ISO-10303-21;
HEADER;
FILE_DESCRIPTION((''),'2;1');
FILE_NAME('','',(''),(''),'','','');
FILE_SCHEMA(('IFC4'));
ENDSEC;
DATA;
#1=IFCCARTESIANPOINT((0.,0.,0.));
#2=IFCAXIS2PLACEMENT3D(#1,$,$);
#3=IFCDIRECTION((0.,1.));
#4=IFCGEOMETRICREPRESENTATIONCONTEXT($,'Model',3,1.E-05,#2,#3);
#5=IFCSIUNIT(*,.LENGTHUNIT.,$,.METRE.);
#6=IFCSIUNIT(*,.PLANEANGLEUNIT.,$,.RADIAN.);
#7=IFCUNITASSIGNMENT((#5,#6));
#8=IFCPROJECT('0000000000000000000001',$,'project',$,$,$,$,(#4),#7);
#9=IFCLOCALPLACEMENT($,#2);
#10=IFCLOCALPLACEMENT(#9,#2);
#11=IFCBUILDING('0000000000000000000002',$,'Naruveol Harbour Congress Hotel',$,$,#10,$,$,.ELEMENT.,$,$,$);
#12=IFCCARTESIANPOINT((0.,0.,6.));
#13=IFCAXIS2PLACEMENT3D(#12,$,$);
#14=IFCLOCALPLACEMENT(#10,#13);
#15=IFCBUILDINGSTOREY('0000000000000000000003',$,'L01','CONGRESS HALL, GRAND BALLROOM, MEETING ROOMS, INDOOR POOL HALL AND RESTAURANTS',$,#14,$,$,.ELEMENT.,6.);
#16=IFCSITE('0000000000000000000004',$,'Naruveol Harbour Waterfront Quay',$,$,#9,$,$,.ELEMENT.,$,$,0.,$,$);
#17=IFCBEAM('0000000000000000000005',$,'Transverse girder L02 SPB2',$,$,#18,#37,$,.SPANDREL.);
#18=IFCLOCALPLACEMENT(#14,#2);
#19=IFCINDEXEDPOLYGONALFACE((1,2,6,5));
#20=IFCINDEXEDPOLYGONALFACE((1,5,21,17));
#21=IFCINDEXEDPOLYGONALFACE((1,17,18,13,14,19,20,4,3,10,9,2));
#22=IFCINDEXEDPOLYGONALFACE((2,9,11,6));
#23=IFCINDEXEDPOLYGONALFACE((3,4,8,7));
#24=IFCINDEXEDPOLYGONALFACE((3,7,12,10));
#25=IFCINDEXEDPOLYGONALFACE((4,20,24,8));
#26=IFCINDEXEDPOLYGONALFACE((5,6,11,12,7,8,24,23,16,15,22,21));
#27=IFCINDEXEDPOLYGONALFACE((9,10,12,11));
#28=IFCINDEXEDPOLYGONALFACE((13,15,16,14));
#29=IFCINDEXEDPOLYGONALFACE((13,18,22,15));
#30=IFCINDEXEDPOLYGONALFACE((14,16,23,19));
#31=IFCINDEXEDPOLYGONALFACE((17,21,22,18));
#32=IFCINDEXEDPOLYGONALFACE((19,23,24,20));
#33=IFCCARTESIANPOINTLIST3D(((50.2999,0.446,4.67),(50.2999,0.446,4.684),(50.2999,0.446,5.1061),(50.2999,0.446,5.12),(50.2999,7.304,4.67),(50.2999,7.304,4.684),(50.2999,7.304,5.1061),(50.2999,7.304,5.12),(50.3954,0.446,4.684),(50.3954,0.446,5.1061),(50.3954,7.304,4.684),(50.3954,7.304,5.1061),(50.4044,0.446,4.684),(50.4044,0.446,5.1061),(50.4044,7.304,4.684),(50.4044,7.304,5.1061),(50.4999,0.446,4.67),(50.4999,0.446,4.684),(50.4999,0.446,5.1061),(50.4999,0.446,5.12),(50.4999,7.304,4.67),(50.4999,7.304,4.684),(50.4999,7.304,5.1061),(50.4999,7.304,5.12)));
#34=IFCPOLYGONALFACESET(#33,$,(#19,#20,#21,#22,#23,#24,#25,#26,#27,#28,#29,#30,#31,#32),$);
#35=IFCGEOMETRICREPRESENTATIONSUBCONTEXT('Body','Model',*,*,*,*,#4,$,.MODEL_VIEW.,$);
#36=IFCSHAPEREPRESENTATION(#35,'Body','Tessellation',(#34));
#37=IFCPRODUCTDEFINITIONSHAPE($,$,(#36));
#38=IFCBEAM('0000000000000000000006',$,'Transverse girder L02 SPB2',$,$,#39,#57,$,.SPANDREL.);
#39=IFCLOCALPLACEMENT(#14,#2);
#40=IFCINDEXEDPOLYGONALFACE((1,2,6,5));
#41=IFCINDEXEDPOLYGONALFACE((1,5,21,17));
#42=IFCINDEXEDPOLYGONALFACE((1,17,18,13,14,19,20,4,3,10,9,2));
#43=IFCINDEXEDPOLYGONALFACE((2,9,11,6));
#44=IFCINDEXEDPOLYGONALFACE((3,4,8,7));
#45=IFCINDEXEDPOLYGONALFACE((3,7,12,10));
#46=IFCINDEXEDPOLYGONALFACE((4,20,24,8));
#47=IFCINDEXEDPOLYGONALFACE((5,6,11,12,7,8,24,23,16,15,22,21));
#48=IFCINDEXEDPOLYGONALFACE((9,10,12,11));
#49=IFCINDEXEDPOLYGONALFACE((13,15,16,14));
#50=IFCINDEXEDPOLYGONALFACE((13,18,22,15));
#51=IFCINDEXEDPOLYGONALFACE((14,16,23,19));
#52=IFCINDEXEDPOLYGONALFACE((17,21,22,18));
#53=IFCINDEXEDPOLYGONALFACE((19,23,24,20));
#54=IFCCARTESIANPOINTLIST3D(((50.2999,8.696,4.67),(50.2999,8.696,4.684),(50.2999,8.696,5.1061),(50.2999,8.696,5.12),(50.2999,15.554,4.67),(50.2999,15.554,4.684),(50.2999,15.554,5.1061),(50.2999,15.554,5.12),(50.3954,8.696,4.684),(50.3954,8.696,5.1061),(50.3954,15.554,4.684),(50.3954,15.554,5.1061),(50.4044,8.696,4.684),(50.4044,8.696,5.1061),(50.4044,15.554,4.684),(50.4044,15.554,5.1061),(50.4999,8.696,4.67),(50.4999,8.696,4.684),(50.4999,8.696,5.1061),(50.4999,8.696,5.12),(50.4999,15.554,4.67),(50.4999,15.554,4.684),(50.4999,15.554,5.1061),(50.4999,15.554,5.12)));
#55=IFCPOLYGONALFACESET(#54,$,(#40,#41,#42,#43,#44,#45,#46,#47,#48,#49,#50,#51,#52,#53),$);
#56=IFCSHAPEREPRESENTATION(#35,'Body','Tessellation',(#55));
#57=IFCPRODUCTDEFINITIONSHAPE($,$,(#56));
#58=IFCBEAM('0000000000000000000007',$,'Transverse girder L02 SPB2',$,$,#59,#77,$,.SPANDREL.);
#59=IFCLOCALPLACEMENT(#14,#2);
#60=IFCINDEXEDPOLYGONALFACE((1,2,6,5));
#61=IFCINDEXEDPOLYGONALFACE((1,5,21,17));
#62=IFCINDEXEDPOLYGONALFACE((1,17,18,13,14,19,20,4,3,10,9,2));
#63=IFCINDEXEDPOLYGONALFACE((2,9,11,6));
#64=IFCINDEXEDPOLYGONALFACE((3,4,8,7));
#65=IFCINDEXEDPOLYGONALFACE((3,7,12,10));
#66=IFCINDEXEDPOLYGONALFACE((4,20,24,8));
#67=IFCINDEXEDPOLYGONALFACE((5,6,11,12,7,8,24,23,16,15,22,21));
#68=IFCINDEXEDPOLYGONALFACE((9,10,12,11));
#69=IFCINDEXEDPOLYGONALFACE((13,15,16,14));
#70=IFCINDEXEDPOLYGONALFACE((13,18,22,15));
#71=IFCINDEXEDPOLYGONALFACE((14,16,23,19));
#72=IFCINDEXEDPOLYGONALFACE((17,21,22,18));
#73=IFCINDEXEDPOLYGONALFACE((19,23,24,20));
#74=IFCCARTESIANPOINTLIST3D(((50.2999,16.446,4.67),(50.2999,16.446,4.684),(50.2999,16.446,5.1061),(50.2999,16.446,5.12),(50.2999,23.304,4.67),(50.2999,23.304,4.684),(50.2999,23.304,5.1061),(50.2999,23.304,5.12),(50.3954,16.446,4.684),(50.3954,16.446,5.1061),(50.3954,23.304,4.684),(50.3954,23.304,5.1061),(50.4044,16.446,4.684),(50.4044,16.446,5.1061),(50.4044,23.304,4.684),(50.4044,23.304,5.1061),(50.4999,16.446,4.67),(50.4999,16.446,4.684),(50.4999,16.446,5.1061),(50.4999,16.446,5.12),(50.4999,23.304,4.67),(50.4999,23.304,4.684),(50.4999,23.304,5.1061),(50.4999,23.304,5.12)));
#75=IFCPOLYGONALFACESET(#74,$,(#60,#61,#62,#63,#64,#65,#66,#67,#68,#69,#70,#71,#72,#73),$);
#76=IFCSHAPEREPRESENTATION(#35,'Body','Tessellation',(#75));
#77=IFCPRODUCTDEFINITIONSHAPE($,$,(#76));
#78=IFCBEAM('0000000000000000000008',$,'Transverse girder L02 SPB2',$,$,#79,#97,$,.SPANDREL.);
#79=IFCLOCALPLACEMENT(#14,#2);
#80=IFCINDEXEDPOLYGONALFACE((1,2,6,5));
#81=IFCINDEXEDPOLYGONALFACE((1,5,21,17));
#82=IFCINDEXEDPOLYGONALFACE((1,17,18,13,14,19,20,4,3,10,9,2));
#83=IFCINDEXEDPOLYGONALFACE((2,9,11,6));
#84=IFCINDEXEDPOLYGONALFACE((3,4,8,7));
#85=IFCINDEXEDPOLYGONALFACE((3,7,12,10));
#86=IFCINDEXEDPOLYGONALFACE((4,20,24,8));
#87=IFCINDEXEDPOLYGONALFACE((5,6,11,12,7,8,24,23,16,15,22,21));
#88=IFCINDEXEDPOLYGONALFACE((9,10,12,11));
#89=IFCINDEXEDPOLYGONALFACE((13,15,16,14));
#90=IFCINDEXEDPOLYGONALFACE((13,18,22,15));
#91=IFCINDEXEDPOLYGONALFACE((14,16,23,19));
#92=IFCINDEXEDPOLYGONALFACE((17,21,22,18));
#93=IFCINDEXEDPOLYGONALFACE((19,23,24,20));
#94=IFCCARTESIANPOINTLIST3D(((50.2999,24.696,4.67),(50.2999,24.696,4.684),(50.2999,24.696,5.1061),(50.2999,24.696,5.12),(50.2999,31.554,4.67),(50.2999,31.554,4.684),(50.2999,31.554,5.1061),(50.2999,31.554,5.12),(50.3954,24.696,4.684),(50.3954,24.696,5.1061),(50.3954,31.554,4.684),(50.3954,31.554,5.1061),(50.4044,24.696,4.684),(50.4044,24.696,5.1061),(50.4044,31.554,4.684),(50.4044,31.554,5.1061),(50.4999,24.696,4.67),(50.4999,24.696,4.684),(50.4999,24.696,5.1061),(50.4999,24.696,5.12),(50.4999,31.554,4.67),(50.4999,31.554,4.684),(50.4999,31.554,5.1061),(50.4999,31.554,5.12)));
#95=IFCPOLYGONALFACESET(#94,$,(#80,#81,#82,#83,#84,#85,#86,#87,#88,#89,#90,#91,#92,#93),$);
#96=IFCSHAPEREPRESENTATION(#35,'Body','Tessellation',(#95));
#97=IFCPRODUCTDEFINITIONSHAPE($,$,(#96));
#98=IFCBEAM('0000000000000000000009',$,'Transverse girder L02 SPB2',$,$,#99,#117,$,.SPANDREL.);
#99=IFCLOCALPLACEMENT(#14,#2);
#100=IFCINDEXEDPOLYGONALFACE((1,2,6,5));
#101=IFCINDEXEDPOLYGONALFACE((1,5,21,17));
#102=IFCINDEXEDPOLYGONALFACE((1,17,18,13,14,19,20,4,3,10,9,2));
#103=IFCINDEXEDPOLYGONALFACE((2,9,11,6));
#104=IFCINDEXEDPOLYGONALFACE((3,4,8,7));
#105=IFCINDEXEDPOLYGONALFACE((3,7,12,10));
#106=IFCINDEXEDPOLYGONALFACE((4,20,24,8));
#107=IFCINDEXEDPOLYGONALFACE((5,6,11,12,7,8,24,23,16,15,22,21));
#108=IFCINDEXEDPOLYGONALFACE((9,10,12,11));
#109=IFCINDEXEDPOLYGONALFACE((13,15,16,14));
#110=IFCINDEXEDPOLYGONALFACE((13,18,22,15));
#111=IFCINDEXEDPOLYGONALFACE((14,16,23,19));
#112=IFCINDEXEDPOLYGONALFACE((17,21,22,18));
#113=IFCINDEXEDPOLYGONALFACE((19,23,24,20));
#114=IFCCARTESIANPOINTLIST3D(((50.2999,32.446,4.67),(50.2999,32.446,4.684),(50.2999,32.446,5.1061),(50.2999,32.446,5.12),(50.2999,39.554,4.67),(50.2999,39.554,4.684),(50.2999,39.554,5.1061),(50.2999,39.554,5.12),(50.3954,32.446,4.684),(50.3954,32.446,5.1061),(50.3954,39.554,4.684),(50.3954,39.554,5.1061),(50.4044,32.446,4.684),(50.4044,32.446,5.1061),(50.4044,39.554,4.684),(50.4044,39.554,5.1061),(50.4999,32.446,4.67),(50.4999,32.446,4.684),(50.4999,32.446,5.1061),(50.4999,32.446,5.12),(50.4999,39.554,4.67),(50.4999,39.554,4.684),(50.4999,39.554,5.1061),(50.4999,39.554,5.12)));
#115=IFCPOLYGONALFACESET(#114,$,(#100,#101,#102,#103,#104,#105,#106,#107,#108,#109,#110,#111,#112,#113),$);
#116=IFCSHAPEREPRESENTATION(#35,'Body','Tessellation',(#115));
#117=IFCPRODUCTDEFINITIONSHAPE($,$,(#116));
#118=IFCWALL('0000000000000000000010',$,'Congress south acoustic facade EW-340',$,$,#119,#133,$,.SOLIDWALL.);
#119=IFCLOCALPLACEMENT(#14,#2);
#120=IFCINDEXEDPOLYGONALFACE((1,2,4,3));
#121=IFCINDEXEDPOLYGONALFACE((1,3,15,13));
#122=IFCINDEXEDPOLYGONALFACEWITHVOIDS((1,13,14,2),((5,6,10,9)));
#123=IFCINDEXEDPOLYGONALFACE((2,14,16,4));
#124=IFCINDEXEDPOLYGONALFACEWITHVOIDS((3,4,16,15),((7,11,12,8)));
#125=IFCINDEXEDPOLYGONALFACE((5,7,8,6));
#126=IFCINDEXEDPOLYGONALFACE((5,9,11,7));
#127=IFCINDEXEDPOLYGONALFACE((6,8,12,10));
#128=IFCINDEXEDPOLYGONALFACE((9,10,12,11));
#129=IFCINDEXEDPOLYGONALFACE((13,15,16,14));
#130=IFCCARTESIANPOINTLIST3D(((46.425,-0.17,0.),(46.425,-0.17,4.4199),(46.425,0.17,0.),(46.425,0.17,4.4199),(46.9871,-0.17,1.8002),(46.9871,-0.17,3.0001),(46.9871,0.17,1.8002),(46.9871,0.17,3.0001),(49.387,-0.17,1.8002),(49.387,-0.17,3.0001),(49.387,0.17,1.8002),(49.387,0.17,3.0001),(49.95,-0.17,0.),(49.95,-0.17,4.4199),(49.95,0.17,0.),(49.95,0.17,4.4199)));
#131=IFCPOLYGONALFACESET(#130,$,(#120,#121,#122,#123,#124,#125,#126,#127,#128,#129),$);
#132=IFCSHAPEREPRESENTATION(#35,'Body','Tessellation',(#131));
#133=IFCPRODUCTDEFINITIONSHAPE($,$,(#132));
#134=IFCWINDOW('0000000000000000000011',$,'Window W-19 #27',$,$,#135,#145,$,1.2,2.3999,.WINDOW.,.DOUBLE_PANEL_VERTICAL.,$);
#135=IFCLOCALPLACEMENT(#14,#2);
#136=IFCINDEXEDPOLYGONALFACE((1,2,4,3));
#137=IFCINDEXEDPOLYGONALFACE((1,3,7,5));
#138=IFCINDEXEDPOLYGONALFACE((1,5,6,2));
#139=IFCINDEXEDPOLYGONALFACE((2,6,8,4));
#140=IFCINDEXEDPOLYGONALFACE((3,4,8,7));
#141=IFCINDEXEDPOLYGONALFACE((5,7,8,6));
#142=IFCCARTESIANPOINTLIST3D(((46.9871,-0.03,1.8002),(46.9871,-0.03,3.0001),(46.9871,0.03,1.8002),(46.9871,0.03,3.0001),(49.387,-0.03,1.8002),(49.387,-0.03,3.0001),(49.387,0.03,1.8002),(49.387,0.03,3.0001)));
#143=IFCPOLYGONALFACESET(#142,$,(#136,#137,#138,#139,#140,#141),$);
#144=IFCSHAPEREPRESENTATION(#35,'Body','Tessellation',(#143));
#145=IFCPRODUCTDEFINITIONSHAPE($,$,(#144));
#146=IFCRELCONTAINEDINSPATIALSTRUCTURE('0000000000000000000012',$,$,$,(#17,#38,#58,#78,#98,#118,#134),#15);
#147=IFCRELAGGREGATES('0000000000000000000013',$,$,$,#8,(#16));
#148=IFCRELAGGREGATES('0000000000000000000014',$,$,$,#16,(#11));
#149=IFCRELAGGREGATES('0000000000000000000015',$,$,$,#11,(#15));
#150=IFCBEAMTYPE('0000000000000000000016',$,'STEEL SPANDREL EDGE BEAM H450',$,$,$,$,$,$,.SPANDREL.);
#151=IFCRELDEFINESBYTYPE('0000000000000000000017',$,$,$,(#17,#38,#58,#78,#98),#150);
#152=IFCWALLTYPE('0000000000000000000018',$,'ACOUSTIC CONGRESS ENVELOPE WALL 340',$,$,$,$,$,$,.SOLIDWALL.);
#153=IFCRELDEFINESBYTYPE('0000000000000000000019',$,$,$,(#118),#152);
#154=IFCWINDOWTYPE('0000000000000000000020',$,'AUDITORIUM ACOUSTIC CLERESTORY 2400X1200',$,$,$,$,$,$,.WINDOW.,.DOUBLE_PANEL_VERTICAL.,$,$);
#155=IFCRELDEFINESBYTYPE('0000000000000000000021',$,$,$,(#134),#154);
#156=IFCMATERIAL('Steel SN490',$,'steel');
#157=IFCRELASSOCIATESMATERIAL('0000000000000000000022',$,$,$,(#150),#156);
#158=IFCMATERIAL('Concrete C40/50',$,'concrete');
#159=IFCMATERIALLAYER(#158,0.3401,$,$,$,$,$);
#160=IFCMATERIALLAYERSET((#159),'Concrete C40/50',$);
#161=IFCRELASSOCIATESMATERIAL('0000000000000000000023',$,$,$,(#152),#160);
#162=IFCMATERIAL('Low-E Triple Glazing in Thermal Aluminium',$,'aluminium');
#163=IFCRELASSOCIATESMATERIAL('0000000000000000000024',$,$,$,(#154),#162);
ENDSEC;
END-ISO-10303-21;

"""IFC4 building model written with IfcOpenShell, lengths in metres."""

from ifc_helpers import new_model, si_unit, direction, frame, frame_2d, origin, origin_2d, place, context, subcontext, project, spatial, rectangle, i_section, extrude, material, layer, layer_set, material_profile, profile_set, type_object, element, fill, save


model = new_model("IFC4")

# Units and contexts
model_context = context("Model", 3, precision=1e-05, world=origin(), true_north=direction((0.0, 1.0)))
body_context = subcontext(model_context, "Body", "Model", "MODEL_VIEW")
ifc_project = project(units=[si_unit("LENGTHUNIT", "METRE"), si_unit("PLANEANGLEUNIT", "RADIAN")], contexts=[model_context])

# Site, building, storey
site_placement = place(None, origin())
site = spatial("IfcSite", under=ifc_project, at=site_placement, Name="Naruveol Harbour Waterfront Quay", CompositionType="ELEMENT", RefElevation=0.0)
building_placement = place(site_placement, origin())
building = spatial("IfcBuilding", under=site, at=building_placement, Name="Naruveol Harbour Congress Hotel", CompositionType="ELEMENT")
storey_placement = place(building_placement, frame((0.0, 0.0, 6.0)))
storey = spatial("IfcBuildingStorey", under=building, at=storey_placement, Name="L01", Description="CONGRESS HALL, GRAND BALLROOM, MEETING ROOMS, INDOOR POOL HALL AND RESTAURANTS", CompositionType="ELEMENT", Elevation=6.0)

# Beams
ifc_material_1 = material(Name="Steel SN490", Category="steel")
ifc_material_profile_1 = material_profile(ifc_material_1, i_section(OverallWidth=0.2, OverallDepth=0.45, WebThickness=0.009, FlangeThickness=0.0139, at=origin_2d()), Name="H-450x200x9x14")
ifc_profile_set_1 = profile_set([ifc_material_profile_1], Name="Steel SN490")
beam_type = type_object("IfcBeamType", Name="STEEL SPANDREL EDGE BEAM H450", PredefinedType="SPANDREL", material=ifc_profile_set_1)
for number, where, z_axis, x_axis, name in (
    (1, (50.3999, 0.446, 4.895), (0.0, 1.0, 0.0), (-1.0, 0.0, 0.0), "Transverse girder L02 SPB2"),
    (2, (50.3999, 8.696, 4.895), (0.0, 1.0, 0.0), (-1.0, 0.0, 0.0), "Transverse girder L02 SPB2"),
    (3, (50.3999, 16.446, 4.895), (0.0, 1.0, 0.0), (-1.0, 0.0, 0.0), "Transverse girder L02 SPB2"),
    (4, (50.3999, 24.696, 4.895), (0.0, 1.0, 0.0), (-1.0, 0.0, 0.0), "Transverse girder L02 SPB2"),
):
    element("IfcBeam", number, at=place(storey_placement, frame(where, z_axis=z_axis, x_axis=x_axis)), inside=storey, type_object=beam_type, Name=name, PredefinedType="SPANDREL", context=body_context, shape_type="SweptSolid", body=[
        extrude(i_section(OverallWidth=0.2, OverallDepth=0.45, WebThickness=0.009, FlangeThickness=0.0139, at=origin_2d()), origin(), (0.0, 0.0, 1.0), 6.8579),
    ])
beam_placement = place(storey_placement, frame((50.3999, 32.446, 4.895), z_axis=(0.0, 1.0, 0.0), x_axis=(-1.0, 0.0, 0.0)))
element("IfcBeam", 5, at=beam_placement, inside=storey, type_object=beam_type, Name="Transverse girder L02 SPB2", PredefinedType="SPANDREL", context=body_context, shape_type="SweptSolid", body=[
    extrude(i_section(OverallWidth=0.2, OverallDepth=0.45, WebThickness=0.009, FlangeThickness=0.0139, at=origin_2d()), origin(), (0.0, 0.0, 1.0), 7.1079),
])

# Wall, opening, window
ifc_material_2 = material(Name="Concrete C40/50", Category="concrete")
ifc_layer_1 = layer(ifc_material_2, 0.3401)
ifc_layer_set_1 = layer_set([ifc_layer_1], Name="Concrete C40/50")
wall_type_1 = type_object("IfcWallType", Name="ACOUSTIC CONGRESS ENVELOPE WALL 340", PredefinedType="SOLIDWALL", material=ifc_layer_set_1)
wall_1_placement = place(storey_placement, frame((49.95, 0.0, 0.0), z_axis=(0.0, 0.0, 1.0), x_axis=(-1.0, 0.0, 0.0)))
wall_1 = element("IfcWall", 6, at=wall_1_placement, inside=storey, type_object=wall_type_1, Name="Congress south acoustic facade EW-340", PredefinedType="SOLIDWALL", context=body_context, shape_type="SweptSolid", body=[
    extrude(rectangle(XDim=3.5249, YDim=0.3401, at=frame_2d((1.7625, 0.0))), origin(), (0.0, 0.0, 1.0), 4.4199),
])
opening_1_placement = place(wall_1_placement, frame((0.563, 0.0, 1.8)))
opening_1 = element("IfcOpeningElement", 7, at=opening_1_placement, cuts=wall_1, PredefinedType="OPENING", context=body_context, shape_type="SweptSolid", body=[
    extrude(rectangle(XDim=2.3999, YDim=1.2, at=frame_2d((1.2, 0.6001))), frame((0.0, 0.1799, 0.0), z_axis=(0.0, -1.0, 0.0), x_axis=(1.0, 0.0, 0.0)), (0.0, 0.0, 1.0), 0.3601),
])
ifc_material_3 = material(Name="Low-E Triple Glazing in Thermal Aluminium", Category="aluminium")
window_type = type_object("IfcWindowType", Name="AUDITORIUM ACOUSTIC CLERESTORY 2400X1200", PartitioningType="DOUBLE_PANEL_VERTICAL", PredefinedType="WINDOW", material=ifc_material_3)
window_placement = place(opening_1_placement, origin())
window = element("IfcWindow", 8, at=window_placement, inside=storey, type_object=window_type, Name="Window W-19 #27", OverallHeight=1.2, OverallWidth=2.3999, PartitioningType="DOUBLE_PANEL_VERTICAL", PredefinedType="WINDOW", context=body_context, shape_type="SweptSolid", body=[
    extrude(rectangle(XDim=2.3999, YDim=1.2, at=frame_2d((1.2, 0.6001))), frame((0.0, 0.03, 0.0), z_axis=(0.0, -1.0, 0.0), x_axis=(1.0, 0.0, 0.0)), (0.0, 0.0, 1.0), 0.0601),
])
fill(opening_1, window)

save(model, "model.ifc")
